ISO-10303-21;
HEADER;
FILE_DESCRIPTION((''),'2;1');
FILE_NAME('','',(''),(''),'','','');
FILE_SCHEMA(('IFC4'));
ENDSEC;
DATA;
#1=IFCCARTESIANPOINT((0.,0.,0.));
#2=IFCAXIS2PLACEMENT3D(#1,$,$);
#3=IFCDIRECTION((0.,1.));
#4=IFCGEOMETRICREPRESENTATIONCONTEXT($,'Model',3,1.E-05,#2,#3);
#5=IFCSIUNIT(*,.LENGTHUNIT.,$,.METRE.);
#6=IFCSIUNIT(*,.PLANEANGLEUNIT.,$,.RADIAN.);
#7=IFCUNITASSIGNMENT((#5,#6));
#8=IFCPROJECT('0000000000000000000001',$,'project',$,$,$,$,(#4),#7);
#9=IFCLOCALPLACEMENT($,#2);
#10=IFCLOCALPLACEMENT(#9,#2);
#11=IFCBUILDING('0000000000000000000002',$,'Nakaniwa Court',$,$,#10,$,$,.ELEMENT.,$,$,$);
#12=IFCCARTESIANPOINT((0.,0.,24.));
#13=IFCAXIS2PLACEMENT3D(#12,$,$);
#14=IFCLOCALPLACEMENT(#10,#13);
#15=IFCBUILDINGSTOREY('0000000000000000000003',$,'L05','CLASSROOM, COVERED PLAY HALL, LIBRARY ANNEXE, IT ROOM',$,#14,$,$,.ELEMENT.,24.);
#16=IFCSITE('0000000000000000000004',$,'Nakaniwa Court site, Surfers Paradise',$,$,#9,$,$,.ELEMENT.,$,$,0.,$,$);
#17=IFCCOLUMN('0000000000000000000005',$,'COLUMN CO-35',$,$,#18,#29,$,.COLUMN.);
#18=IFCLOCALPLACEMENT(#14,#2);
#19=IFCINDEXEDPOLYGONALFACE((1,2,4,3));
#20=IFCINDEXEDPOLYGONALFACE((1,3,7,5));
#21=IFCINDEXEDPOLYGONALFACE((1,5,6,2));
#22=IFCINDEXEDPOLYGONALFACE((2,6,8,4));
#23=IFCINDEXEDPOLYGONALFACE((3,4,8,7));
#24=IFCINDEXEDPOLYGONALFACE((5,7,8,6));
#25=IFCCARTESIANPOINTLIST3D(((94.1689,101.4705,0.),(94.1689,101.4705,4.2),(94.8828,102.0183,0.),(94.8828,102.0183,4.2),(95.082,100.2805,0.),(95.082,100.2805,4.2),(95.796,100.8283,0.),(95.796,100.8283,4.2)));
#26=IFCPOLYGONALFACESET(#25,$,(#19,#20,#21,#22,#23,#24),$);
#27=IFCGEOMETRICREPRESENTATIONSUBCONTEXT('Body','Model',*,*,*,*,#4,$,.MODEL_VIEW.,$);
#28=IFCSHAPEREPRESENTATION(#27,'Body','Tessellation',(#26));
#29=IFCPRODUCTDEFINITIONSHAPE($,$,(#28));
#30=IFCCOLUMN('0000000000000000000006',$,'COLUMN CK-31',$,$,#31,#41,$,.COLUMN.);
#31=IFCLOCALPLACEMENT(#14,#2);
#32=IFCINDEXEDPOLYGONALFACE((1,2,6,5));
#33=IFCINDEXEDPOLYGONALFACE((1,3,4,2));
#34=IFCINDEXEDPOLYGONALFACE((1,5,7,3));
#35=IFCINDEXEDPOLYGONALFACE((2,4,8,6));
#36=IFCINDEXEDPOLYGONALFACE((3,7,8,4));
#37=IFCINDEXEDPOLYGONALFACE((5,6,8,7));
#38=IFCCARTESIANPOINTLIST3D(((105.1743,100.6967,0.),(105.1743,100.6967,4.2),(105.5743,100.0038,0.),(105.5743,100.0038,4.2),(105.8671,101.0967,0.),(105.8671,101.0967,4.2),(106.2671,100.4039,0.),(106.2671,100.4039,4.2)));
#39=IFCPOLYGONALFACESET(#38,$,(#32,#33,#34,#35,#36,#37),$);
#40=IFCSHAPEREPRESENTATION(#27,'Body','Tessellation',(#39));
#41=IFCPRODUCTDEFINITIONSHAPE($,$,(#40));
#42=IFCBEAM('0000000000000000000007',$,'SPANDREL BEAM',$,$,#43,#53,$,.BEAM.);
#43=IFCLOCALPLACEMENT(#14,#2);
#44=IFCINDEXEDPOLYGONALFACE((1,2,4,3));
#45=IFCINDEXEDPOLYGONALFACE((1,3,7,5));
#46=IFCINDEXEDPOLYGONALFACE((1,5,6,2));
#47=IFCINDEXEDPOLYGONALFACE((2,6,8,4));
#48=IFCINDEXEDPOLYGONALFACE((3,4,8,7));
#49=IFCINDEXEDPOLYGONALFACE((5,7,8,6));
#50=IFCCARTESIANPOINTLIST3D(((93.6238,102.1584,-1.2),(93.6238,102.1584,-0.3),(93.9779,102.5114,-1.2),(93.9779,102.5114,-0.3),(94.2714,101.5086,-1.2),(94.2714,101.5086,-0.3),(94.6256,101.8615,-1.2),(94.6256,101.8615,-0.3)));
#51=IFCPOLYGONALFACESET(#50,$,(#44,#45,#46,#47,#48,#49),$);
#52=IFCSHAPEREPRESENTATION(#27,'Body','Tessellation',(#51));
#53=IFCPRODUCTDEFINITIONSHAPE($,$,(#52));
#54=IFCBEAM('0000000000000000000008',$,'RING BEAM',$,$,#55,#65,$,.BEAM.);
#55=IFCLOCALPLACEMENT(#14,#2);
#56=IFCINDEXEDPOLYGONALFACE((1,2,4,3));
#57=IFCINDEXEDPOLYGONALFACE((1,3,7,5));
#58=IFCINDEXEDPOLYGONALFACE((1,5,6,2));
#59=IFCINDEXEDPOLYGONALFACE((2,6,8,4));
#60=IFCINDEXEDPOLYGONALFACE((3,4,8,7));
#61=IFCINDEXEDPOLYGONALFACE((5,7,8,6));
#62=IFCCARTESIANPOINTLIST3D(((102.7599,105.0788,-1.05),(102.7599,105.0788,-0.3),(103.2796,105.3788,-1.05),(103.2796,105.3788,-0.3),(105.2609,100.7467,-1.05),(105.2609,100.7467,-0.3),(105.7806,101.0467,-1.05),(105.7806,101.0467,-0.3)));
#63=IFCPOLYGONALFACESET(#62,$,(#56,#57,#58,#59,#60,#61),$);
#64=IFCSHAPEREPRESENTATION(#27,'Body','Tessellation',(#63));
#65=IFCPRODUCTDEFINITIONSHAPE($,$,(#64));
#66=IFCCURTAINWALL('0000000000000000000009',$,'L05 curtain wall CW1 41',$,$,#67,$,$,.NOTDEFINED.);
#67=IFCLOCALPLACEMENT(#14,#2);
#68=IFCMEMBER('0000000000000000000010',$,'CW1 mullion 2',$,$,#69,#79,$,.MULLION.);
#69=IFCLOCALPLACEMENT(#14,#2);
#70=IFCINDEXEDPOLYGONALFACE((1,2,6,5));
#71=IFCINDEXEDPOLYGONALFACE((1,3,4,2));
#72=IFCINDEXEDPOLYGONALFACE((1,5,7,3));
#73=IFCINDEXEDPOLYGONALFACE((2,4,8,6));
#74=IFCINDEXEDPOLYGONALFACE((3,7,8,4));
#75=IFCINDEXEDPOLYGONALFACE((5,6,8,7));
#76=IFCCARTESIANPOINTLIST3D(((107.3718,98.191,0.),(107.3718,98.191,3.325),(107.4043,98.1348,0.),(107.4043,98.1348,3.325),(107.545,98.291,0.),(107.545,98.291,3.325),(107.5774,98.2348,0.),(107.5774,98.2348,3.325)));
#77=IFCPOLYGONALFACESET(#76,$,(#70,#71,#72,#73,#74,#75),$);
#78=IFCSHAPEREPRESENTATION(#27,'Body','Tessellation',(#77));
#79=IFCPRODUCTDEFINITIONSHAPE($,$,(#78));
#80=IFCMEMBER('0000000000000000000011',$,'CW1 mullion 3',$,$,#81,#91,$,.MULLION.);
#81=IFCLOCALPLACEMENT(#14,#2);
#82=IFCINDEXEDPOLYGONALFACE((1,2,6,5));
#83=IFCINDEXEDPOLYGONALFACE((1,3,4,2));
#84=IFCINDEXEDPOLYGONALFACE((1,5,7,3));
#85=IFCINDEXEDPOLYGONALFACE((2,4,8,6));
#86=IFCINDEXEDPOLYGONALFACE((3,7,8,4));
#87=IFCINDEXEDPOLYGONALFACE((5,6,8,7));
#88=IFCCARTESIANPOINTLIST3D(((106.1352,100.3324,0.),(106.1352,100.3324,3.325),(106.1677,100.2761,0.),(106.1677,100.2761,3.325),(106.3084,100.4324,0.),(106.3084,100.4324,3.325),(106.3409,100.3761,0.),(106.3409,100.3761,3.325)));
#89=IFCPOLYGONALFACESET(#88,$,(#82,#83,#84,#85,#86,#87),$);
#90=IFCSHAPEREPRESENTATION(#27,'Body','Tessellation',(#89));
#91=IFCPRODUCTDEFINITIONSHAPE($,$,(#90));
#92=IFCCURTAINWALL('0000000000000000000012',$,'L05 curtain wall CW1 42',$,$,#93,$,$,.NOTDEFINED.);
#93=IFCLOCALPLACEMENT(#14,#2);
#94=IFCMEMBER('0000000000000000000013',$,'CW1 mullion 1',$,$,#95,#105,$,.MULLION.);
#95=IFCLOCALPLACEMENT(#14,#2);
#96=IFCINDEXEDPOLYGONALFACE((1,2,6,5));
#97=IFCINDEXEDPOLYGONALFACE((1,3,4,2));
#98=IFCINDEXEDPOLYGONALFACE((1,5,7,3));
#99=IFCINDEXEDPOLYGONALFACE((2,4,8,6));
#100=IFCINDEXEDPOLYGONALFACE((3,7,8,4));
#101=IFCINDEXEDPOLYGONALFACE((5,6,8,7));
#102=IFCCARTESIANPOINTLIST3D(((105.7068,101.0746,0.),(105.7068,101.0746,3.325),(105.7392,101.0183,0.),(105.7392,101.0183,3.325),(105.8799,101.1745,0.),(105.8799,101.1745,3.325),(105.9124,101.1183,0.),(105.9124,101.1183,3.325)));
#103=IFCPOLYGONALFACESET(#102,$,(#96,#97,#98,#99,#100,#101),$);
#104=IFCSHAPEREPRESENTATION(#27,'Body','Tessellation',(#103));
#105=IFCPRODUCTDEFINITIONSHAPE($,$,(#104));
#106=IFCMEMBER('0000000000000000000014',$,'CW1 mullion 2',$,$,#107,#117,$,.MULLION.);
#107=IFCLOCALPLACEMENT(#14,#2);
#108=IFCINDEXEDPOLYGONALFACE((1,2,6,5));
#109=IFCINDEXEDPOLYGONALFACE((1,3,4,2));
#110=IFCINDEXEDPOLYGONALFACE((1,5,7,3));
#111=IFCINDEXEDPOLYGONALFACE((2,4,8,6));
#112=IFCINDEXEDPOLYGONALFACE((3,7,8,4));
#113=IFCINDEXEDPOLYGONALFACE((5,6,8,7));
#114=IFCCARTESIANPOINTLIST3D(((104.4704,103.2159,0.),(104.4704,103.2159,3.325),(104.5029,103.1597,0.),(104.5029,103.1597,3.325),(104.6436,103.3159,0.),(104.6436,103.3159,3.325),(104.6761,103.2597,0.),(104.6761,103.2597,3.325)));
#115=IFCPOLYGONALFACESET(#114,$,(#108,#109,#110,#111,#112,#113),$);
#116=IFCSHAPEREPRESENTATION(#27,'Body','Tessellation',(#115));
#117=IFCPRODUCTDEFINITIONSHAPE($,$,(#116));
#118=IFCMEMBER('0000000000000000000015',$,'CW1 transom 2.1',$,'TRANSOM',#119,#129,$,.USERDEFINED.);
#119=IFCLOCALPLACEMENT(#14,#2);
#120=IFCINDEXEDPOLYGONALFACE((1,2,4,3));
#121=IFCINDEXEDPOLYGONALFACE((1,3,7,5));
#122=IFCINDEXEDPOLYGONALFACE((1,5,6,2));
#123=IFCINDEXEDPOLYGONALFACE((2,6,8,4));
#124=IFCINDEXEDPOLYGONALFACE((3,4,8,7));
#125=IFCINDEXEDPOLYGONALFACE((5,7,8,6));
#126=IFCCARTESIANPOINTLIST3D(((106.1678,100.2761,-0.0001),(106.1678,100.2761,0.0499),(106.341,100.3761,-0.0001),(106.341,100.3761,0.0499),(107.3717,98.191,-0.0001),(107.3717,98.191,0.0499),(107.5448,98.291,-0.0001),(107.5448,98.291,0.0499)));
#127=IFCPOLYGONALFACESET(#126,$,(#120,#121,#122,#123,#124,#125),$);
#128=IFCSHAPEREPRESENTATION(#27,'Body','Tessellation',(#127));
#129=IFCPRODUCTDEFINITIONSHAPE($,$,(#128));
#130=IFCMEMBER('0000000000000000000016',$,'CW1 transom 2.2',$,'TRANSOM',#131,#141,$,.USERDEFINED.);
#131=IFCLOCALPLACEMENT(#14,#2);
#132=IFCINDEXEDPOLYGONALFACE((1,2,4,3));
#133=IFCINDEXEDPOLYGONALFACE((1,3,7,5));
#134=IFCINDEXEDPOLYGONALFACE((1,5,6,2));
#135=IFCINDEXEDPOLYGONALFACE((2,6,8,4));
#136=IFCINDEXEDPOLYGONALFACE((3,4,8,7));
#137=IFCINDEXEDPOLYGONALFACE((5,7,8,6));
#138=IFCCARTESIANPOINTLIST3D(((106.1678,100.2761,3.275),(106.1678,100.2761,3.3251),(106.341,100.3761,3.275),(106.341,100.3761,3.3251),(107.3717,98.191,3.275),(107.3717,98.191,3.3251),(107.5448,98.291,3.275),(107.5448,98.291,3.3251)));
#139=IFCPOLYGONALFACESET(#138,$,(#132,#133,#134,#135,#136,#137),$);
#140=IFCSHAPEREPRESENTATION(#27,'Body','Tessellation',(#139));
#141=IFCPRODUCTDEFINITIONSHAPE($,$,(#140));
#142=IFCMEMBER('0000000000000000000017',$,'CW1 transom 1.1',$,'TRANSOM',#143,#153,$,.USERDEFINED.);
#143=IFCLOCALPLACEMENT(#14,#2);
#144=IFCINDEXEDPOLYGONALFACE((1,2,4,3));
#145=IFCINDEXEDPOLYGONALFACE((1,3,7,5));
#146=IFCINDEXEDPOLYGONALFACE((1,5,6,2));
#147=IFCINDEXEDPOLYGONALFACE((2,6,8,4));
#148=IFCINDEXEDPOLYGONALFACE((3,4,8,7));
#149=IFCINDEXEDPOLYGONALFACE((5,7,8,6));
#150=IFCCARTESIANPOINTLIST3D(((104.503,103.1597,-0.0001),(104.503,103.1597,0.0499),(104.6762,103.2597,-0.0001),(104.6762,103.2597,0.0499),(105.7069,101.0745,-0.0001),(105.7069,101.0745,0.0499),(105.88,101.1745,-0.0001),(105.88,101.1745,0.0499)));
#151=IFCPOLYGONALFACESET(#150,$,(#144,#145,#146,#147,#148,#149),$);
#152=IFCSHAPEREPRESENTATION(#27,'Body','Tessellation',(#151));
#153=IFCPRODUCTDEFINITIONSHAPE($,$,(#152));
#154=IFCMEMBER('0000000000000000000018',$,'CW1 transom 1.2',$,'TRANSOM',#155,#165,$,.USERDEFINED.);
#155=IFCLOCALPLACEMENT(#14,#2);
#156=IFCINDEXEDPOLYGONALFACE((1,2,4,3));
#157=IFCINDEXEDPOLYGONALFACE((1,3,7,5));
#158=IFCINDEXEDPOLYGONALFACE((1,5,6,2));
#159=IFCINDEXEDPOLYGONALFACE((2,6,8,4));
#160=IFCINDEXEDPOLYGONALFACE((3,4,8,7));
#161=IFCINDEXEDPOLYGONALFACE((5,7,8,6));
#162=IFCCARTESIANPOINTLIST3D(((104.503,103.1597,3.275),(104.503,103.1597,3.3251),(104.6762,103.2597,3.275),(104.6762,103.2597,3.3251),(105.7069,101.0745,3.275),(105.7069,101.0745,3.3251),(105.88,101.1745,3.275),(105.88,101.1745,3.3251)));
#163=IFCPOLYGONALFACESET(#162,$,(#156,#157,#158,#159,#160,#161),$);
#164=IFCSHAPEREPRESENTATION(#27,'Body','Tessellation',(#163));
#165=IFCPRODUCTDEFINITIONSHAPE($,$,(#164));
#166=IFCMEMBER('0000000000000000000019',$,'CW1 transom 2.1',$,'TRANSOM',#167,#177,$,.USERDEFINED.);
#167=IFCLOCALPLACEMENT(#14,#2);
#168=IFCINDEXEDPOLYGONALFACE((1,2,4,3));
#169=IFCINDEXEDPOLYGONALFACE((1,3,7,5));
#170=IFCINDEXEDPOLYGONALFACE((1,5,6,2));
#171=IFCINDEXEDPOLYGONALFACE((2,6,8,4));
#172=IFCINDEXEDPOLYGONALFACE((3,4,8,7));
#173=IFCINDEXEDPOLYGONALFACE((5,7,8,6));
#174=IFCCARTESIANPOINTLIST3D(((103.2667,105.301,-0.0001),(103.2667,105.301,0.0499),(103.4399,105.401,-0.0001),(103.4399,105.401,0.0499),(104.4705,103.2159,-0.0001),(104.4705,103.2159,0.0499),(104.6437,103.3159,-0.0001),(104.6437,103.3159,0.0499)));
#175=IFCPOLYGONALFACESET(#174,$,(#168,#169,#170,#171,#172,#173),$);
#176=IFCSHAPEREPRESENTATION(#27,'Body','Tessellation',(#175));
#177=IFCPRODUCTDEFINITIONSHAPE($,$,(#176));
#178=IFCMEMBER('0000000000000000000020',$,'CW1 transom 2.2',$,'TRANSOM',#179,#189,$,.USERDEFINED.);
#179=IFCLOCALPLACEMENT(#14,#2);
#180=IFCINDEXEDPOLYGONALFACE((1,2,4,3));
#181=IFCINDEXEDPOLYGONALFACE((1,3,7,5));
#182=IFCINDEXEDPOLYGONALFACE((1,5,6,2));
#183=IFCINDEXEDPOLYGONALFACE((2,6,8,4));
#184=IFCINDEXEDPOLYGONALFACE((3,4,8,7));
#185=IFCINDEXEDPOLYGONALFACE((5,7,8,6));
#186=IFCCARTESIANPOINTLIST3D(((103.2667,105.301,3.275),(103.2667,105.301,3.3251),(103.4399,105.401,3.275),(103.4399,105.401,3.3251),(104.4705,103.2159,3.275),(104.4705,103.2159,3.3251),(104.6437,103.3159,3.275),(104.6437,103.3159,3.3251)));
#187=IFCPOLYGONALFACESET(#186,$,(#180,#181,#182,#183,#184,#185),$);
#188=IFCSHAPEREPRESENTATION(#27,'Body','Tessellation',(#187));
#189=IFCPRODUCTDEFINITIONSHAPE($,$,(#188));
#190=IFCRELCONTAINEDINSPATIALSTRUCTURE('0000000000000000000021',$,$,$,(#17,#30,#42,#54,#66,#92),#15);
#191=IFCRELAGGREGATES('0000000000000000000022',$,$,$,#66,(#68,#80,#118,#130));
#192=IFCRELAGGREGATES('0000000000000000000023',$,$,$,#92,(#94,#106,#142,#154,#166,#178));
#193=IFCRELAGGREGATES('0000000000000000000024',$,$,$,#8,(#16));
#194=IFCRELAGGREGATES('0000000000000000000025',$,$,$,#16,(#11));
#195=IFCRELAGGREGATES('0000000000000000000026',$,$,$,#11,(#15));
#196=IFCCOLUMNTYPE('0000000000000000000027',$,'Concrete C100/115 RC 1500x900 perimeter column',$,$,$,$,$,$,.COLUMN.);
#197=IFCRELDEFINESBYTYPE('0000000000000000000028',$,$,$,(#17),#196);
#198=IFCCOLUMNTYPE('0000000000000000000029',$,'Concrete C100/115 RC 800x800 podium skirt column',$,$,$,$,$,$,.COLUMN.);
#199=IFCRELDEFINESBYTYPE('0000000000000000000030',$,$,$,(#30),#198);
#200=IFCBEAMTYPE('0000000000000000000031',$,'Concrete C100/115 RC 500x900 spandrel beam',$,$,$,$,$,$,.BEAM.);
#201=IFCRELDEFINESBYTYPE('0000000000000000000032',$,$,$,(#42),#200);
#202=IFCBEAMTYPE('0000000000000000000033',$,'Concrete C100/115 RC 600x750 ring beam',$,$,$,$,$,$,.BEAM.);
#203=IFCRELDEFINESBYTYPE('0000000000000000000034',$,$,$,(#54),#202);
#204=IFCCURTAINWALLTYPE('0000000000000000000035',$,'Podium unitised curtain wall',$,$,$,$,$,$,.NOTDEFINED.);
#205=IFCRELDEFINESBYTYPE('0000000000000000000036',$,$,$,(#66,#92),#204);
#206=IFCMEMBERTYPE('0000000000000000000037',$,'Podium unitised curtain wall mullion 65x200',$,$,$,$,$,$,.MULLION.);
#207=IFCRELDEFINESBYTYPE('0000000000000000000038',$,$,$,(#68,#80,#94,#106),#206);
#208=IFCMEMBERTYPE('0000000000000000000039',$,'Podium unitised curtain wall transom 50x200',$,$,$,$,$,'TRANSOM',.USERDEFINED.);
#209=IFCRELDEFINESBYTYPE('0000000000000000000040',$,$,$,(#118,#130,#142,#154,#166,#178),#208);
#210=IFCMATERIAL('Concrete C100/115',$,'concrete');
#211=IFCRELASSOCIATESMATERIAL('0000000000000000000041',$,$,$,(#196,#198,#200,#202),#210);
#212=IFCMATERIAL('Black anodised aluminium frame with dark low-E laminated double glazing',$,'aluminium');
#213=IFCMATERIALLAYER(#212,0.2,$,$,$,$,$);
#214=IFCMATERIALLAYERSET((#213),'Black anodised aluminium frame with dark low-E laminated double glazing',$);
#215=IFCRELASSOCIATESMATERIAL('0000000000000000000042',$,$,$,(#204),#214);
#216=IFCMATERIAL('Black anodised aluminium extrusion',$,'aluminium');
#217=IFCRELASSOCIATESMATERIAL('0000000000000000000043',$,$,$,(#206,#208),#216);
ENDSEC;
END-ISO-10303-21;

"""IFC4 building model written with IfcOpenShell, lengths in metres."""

from ifc_helpers import new_model, si_unit, direction, frame, origin, origin_2d, place, context, subcontext, project, spatial, rectangle, extrude, material, layer, layer_set, material_profile, profile_set, type_object, element, aggregate, save


model = new_model("IFC4")

# Units and contexts
model_context = context("Model", 3, precision=1e-05, world=origin(), true_north=direction((0.0, 1.0)))
body_context = subcontext(model_context, "Body", "Model", "MODEL_VIEW")
ifc_project = project(units=[si_unit("LENGTHUNIT", "METRE"), si_unit("PLANEANGLEUNIT", "RADIAN")], contexts=[model_context])

# Site, building, storey
site_placement = place(None, origin())
site = spatial("IfcSite", under=ifc_project, at=site_placement, Name="Nakaniwa Court site, Surfers Paradise", CompositionType="ELEMENT", RefElevation=0.0)
building_placement = place(site_placement, origin())
building = spatial("IfcBuilding", under=site, at=building_placement, Name="Nakaniwa Court", CompositionType="ELEMENT")
storey_placement = place(building_placement, frame((0.0, 0.0, 24.0)))
storey = spatial("IfcBuildingStorey", under=building, at=storey_placement, Name="L05", Description="CLASSROOM, COVERED PLAY HALL, LIBRARY ANNEXE, IT ROOM", CompositionType="ELEMENT", Elevation=24.0)

# Columns
ifc_material_1 = material(Name="Concrete C100/115", Category="concrete")
ifc_material_profile_1 = material_profile(ifc_material_1, rectangle(XDim=1.5, YDim=0.8999, at=origin_2d()), Name="Concrete C100/115 RC 1500x900 perimeter column")
ifc_profile_set_1 = profile_set([ifc_material_profile_1], Name="Concrete C100/115")
column_type_1 = type_object("IfcColumnType", Name="Concrete C100/115 RC 1500x900 perimeter column", PredefinedType="COLUMN", material=ifc_profile_set_1)
column_1_placement = place(storey_placement, frame((94.9824, 101.1494, 0.0), z_axis=(0.0, 0.0, 1.0), x_axis=(-0.608761, 0.793353, 0.0)))
element("IfcColumn", 1, at=column_1_placement, inside=storey, type_object=column_type_1, Name="COLUMN CO-35", PredefinedType="COLUMN", context=body_context, shape_type="SweptSolid", body=[
    extrude(rectangle(XDim=1.5, YDim=0.8999, at=origin_2d()), origin(), (0.0, 0.0, 1.0), 4.2),
])
ifc_material_profile_2 = material_profile(ifc_material_1, rectangle(XDim=0.8, YDim=0.8, at=origin_2d()), Name="Concrete C100/115 RC 800x800 podium skirt column")
ifc_profile_set_2 = profile_set([ifc_material_profile_2], Name="Concrete C100/115")
column_type_2 = type_object("IfcColumnType", Name="Concrete C100/115 RC 800x800 podium skirt column", PredefinedType="COLUMN", material=ifc_profile_set_2)
column_2_placement = place(storey_placement, frame((105.7207, 100.5503, 0.0), z_axis=(0.0, 0.0, 1.0), x_axis=(-0.5, 0.866025, 0.0)))
element("IfcColumn", 2, at=column_2_placement, inside=storey, type_object=column_type_2, Name="COLUMN CK-31", PredefinedType="COLUMN", context=body_context, shape_type="SweptSolid", body=[
    extrude(rectangle(XDim=0.8, YDim=0.8, at=origin_2d()), origin(), (0.0, 0.0, 1.0), 4.2),
])

# Beams
ifc_material_profile_3 = material_profile(ifc_material_1, rectangle(XDim=0.5, YDim=0.8999, at=origin_2d()), Name="Concrete C100/115 RC 500x900 spandrel beam")
ifc_profile_set_3 = profile_set([ifc_material_profile_3], Name="Concrete C100/115")
beam_type_1 = type_object("IfcBeamType", Name="Concrete C100/115 RC 500x900 spandrel beam", PredefinedType="BEAM", material=ifc_profile_set_3)
beam_1_placement = place(storey_placement, frame((94.4485, 101.6851, -0.75), z_axis=(-0.705908, 0.708303, 0.0), x_axis=(-0.708303, -0.705908, 0.0)))
element("IfcBeam", 3, at=beam_1_placement, inside=storey, type_object=beam_type_1, Name="SPANDREL BEAM", PredefinedType="BEAM", context=body_context, shape_type="SweptSolid", body=[
    extrude(rectangle(XDim=0.5, YDim=0.8999, at=origin_2d()), origin(), (0.0, 0.0, 1.0), 0.9175),
])
ifc_material_profile_4 = material_profile(ifc_material_1, rectangle(XDim=0.6001, YDim=0.75, at=origin_2d()), Name="Concrete C100/115 RC 600x750 ring beam")
ifc_profile_set_4 = profile_set([ifc_material_profile_4], Name="Concrete C100/115")
beam_type_2 = type_object("IfcBeamType", Name="Concrete C100/115 RC 600x750 ring beam", PredefinedType="BEAM", material=ifc_profile_set_4)
beam_2_placement = place(storey_placement, frame((105.5208, 100.8967, -0.675), z_axis=(-0.499982, 0.866036, 0.0), x_axis=(-0.866036, -0.499982, 0.0)))
element("IfcBeam", 4, at=beam_2_placement, inside=storey, type_object=beam_type_2, Name="RING BEAM", PredefinedType="BEAM", context=body_context, shape_type="SweptSolid", body=[
    extrude(rectangle(XDim=0.6001, YDim=0.75, at=origin_2d()), origin(), (0.0, 0.0, 1.0), 5.0022),
])

# Curtain walls, members
ifc_material_2 = material(Name="Black anodised aluminium frame with dark low-E laminated double glazing", Category="aluminium")
ifc_layer_1 = layer(ifc_material_2, 0.2)
ifc_layer_set_1 = layer_set([ifc_layer_1], Name="Black anodised aluminium frame with dark low-E laminated double glazing")
curtain_wall_type = type_object("IfcCurtainWallType", Name="Podium unitised curtain wall", PredefinedType="NOTDEFINED", material=ifc_layer_set_1)
curtain_wall_1_placement = place(storey_placement, origin())
curtain_wall_1 = element("IfcCurtainWall", 5, at=curtain_wall_1_placement, inside=storey, type_object=curtain_wall_type, Name="L05 curtain wall CW1 41", PredefinedType="NOTDEFINED")
ifc_material_3 = material(Name="Black anodised aluminium extrusion", Category="aluminium")
ifc_material_profile_5 = material_profile(ifc_material_3, rectangle(XDim=0.2, YDim=0.0649, at=origin_2d()), Name="Podium unitised curtain wall mullion 65x200")
ifc_profile_set_5 = profile_set([ifc_material_profile_5], Name="Black anodised aluminium extrusion")
member_type_1 = type_object("IfcMemberType", Name="Podium unitised curtain wall mullion 65x200", PredefinedType="MULLION", material=ifc_profile_set_5)
member_1_placement = place(storey_placement, frame((107.4746, 98.2129, 0.0), z_axis=(0.0, 0.0, 1.0), x_axis=(-0.866029, -0.499994, 0.0)))
member_1 = element("IfcMember", 6, at=member_1_placement, type_object=member_type_1, Name="CW1 mullion 2", PredefinedType="MULLION", context=body_context, shape_type="SweptSolid", body=[
    extrude(rectangle(XDim=0.2, YDim=0.0649, at=origin_2d()), origin(), (0.0, 0.0, 1.0), 3.325),
])
member_2_placement = place(storey_placement, frame((106.238, 100.3542, 0.0), z_axis=(0.0, 0.0, 1.0), x_axis=(-0.866029, -0.499994, 0.0)))
member_2 = element("IfcMember", 7, at=member_2_placement, type_object=member_type_1, Name="CW1 mullion 3", PredefinedType="MULLION", context=body_context, shape_type="SweptSolid", body=[
    extrude(rectangle(XDim=0.2, YDim=0.0649, at=origin_2d()), origin(), (0.0, 0.0, 1.0), 3.325),
])
curtain_wall_2_placement = place(storey_placement, origin())
curtain_wall_2 = element("IfcCurtainWall", 8, at=curtain_wall_2_placement, inside=storey, type_object=curtain_wall_type, Name="L05 curtain wall CW1 42", PredefinedType="NOTDEFINED")
member_3_placement = place(storey_placement, frame((105.8096, 101.0964, 0.0), z_axis=(0.0, 0.0, 1.0), x_axis=(-0.866032, -0.499988, 0.0)))
member_3 = element("IfcMember", 9, at=member_3_placement, type_object=member_type_1, Name="CW1 mullion 1", PredefinedType="MULLION", context=body_context, shape_type="SweptSolid", body=[
    extrude(rectangle(XDim=0.2, YDim=0.0649, at=origin_2d()), origin(), (0.0, 0.0, 1.0), 3.325),
])
member_4_placement = place(storey_placement, frame((104.5732, 103.2378, 0.0), z_axis=(0.0, 0.0, 1.0), x_axis=(-0.866032, -0.499988, 0.0)))
member_4 = element("IfcMember", 10, at=member_4_placement, type_object=member_type_1, Name="CW1 mullion 2", PredefinedType="MULLION", context=body_context, shape_type="SweptSolid", body=[
    extrude(rectangle(XDim=0.2, YDim=0.0649, at=origin_2d()), origin(), (0.0, 0.0, 1.0), 3.325),
])

# Members
ifc_material_profile_6 = material_profile(ifc_material_3, rectangle(XDim=0.2, YDim=0.05, at=origin_2d()), Name="Podium unitised curtain wall transom 50x200")
ifc_profile_set_6 = profile_set([ifc_material_profile_6], Name="Black anodised aluminium extrusion")
member_type_2 = type_object("IfcMemberType", Name="Podium unitised curtain wall transom 50x200", ElementType="TRANSOM", PredefinedType="USERDEFINED", material=ifc_profile_set_6)
member_5_placement = place(storey_placement, frame((107.4583, 98.241, 0.0249), z_axis=(-0.499989, 0.866032, 0.0), x_axis=(-0.866032, -0.499989, 0.0)))
member_5 = element("IfcMember", 11, at=member_5_placement, type_object=member_type_2, Name="CW1 transom 2.1", ObjectType="TRANSOM", PredefinedType="USERDEFINED", context=body_context, shape_type="SweptSolid", body=[
    extrude(rectangle(XDim=0.2, YDim=0.05, at=origin_2d()), origin(), (0.0, 0.0, 1.0), 2.4077),
])
member_6_placement = place(storey_placement, frame((107.4583, 98.241, 3.3), z_axis=(-0.499989, 0.866032, 0.0), x_axis=(-0.866032, -0.499989, 0.0)))
member_6 = element("IfcMember", 12, at=member_6_placement, type_object=member_type_2, Name="CW1 transom 2.2", ObjectType="TRANSOM", PredefinedType="USERDEFINED", context=body_context, shape_type="SweptSolid", body=[
    extrude(rectangle(XDim=0.2, YDim=0.05, at=origin_2d()), origin(), (0.0, 0.0, 1.0), 2.4077),
])
member_7_placement = place(storey_placement, frame((105.7935, 101.1245, 0.0249), z_axis=(-0.499989, 0.866032, 0.0), x_axis=(-0.866032, -0.499989, 0.0)))
member_7 = element("IfcMember", 13, at=member_7_placement, type_object=member_type_2, Name="CW1 transom 1.1", ObjectType="TRANSOM", PredefinedType="USERDEFINED", context=body_context, shape_type="SweptSolid", body=[
    extrude(rectangle(XDim=0.2, YDim=0.05, at=origin_2d()), origin(), (0.0, 0.0, 1.0), 2.4077),
])
member_8_placement = place(storey_placement, frame((105.7935, 101.1245, 3.3), z_axis=(-0.499989, 0.866032, 0.0), x_axis=(-0.866032, -0.499989, 0.0)))
member_8 = element("IfcMember", 14, at=member_8_placement, type_object=member_type_2, Name="CW1 transom 1.2", ObjectType="TRANSOM", PredefinedType="USERDEFINED", context=body_context, shape_type="SweptSolid", body=[
    extrude(rectangle(XDim=0.2, YDim=0.05, at=origin_2d()), origin(), (0.0, 0.0, 1.0), 2.4077),
])
member_9_placement = place(storey_placement, frame((104.5571, 103.2659, 0.0249), z_axis=(-0.499989, 0.866032, 0.0), x_axis=(-0.866032, -0.499989, 0.0)))
member_9 = element("IfcMember", 15, at=member_9_placement, type_object=member_type_2, Name="CW1 transom 2.1", ObjectType="TRANSOM", PredefinedType="USERDEFINED", context=body_context, shape_type="SweptSolid", body=[
    extrude(rectangle(XDim=0.2, YDim=0.05, at=origin_2d()), origin(), (0.0, 0.0, 1.0), 2.4077),
])
member_10_placement = place(storey_placement, frame((104.5571, 103.2659, 3.3), z_axis=(-0.499989, 0.866032, 0.0), x_axis=(-0.866032, -0.499989, 0.0)))
member_10 = element("IfcMember", 16, at=member_10_placement, type_object=member_type_2, Name="CW1 transom 2.2", ObjectType="TRANSOM", PredefinedType="USERDEFINED", context=body_context, shape_type="SweptSolid", body=[
    extrude(rectangle(XDim=0.2, YDim=0.05, at=origin_2d()), origin(), (0.0, 0.0, 1.0), 2.4077),
])

aggregate(curtain_wall_1, [member_1, member_2, member_5, member_6])
aggregate(curtain_wall_2, [member_3, member_4, member_7, member_8, member_9, member_10])

save(model, "model.ifc")
